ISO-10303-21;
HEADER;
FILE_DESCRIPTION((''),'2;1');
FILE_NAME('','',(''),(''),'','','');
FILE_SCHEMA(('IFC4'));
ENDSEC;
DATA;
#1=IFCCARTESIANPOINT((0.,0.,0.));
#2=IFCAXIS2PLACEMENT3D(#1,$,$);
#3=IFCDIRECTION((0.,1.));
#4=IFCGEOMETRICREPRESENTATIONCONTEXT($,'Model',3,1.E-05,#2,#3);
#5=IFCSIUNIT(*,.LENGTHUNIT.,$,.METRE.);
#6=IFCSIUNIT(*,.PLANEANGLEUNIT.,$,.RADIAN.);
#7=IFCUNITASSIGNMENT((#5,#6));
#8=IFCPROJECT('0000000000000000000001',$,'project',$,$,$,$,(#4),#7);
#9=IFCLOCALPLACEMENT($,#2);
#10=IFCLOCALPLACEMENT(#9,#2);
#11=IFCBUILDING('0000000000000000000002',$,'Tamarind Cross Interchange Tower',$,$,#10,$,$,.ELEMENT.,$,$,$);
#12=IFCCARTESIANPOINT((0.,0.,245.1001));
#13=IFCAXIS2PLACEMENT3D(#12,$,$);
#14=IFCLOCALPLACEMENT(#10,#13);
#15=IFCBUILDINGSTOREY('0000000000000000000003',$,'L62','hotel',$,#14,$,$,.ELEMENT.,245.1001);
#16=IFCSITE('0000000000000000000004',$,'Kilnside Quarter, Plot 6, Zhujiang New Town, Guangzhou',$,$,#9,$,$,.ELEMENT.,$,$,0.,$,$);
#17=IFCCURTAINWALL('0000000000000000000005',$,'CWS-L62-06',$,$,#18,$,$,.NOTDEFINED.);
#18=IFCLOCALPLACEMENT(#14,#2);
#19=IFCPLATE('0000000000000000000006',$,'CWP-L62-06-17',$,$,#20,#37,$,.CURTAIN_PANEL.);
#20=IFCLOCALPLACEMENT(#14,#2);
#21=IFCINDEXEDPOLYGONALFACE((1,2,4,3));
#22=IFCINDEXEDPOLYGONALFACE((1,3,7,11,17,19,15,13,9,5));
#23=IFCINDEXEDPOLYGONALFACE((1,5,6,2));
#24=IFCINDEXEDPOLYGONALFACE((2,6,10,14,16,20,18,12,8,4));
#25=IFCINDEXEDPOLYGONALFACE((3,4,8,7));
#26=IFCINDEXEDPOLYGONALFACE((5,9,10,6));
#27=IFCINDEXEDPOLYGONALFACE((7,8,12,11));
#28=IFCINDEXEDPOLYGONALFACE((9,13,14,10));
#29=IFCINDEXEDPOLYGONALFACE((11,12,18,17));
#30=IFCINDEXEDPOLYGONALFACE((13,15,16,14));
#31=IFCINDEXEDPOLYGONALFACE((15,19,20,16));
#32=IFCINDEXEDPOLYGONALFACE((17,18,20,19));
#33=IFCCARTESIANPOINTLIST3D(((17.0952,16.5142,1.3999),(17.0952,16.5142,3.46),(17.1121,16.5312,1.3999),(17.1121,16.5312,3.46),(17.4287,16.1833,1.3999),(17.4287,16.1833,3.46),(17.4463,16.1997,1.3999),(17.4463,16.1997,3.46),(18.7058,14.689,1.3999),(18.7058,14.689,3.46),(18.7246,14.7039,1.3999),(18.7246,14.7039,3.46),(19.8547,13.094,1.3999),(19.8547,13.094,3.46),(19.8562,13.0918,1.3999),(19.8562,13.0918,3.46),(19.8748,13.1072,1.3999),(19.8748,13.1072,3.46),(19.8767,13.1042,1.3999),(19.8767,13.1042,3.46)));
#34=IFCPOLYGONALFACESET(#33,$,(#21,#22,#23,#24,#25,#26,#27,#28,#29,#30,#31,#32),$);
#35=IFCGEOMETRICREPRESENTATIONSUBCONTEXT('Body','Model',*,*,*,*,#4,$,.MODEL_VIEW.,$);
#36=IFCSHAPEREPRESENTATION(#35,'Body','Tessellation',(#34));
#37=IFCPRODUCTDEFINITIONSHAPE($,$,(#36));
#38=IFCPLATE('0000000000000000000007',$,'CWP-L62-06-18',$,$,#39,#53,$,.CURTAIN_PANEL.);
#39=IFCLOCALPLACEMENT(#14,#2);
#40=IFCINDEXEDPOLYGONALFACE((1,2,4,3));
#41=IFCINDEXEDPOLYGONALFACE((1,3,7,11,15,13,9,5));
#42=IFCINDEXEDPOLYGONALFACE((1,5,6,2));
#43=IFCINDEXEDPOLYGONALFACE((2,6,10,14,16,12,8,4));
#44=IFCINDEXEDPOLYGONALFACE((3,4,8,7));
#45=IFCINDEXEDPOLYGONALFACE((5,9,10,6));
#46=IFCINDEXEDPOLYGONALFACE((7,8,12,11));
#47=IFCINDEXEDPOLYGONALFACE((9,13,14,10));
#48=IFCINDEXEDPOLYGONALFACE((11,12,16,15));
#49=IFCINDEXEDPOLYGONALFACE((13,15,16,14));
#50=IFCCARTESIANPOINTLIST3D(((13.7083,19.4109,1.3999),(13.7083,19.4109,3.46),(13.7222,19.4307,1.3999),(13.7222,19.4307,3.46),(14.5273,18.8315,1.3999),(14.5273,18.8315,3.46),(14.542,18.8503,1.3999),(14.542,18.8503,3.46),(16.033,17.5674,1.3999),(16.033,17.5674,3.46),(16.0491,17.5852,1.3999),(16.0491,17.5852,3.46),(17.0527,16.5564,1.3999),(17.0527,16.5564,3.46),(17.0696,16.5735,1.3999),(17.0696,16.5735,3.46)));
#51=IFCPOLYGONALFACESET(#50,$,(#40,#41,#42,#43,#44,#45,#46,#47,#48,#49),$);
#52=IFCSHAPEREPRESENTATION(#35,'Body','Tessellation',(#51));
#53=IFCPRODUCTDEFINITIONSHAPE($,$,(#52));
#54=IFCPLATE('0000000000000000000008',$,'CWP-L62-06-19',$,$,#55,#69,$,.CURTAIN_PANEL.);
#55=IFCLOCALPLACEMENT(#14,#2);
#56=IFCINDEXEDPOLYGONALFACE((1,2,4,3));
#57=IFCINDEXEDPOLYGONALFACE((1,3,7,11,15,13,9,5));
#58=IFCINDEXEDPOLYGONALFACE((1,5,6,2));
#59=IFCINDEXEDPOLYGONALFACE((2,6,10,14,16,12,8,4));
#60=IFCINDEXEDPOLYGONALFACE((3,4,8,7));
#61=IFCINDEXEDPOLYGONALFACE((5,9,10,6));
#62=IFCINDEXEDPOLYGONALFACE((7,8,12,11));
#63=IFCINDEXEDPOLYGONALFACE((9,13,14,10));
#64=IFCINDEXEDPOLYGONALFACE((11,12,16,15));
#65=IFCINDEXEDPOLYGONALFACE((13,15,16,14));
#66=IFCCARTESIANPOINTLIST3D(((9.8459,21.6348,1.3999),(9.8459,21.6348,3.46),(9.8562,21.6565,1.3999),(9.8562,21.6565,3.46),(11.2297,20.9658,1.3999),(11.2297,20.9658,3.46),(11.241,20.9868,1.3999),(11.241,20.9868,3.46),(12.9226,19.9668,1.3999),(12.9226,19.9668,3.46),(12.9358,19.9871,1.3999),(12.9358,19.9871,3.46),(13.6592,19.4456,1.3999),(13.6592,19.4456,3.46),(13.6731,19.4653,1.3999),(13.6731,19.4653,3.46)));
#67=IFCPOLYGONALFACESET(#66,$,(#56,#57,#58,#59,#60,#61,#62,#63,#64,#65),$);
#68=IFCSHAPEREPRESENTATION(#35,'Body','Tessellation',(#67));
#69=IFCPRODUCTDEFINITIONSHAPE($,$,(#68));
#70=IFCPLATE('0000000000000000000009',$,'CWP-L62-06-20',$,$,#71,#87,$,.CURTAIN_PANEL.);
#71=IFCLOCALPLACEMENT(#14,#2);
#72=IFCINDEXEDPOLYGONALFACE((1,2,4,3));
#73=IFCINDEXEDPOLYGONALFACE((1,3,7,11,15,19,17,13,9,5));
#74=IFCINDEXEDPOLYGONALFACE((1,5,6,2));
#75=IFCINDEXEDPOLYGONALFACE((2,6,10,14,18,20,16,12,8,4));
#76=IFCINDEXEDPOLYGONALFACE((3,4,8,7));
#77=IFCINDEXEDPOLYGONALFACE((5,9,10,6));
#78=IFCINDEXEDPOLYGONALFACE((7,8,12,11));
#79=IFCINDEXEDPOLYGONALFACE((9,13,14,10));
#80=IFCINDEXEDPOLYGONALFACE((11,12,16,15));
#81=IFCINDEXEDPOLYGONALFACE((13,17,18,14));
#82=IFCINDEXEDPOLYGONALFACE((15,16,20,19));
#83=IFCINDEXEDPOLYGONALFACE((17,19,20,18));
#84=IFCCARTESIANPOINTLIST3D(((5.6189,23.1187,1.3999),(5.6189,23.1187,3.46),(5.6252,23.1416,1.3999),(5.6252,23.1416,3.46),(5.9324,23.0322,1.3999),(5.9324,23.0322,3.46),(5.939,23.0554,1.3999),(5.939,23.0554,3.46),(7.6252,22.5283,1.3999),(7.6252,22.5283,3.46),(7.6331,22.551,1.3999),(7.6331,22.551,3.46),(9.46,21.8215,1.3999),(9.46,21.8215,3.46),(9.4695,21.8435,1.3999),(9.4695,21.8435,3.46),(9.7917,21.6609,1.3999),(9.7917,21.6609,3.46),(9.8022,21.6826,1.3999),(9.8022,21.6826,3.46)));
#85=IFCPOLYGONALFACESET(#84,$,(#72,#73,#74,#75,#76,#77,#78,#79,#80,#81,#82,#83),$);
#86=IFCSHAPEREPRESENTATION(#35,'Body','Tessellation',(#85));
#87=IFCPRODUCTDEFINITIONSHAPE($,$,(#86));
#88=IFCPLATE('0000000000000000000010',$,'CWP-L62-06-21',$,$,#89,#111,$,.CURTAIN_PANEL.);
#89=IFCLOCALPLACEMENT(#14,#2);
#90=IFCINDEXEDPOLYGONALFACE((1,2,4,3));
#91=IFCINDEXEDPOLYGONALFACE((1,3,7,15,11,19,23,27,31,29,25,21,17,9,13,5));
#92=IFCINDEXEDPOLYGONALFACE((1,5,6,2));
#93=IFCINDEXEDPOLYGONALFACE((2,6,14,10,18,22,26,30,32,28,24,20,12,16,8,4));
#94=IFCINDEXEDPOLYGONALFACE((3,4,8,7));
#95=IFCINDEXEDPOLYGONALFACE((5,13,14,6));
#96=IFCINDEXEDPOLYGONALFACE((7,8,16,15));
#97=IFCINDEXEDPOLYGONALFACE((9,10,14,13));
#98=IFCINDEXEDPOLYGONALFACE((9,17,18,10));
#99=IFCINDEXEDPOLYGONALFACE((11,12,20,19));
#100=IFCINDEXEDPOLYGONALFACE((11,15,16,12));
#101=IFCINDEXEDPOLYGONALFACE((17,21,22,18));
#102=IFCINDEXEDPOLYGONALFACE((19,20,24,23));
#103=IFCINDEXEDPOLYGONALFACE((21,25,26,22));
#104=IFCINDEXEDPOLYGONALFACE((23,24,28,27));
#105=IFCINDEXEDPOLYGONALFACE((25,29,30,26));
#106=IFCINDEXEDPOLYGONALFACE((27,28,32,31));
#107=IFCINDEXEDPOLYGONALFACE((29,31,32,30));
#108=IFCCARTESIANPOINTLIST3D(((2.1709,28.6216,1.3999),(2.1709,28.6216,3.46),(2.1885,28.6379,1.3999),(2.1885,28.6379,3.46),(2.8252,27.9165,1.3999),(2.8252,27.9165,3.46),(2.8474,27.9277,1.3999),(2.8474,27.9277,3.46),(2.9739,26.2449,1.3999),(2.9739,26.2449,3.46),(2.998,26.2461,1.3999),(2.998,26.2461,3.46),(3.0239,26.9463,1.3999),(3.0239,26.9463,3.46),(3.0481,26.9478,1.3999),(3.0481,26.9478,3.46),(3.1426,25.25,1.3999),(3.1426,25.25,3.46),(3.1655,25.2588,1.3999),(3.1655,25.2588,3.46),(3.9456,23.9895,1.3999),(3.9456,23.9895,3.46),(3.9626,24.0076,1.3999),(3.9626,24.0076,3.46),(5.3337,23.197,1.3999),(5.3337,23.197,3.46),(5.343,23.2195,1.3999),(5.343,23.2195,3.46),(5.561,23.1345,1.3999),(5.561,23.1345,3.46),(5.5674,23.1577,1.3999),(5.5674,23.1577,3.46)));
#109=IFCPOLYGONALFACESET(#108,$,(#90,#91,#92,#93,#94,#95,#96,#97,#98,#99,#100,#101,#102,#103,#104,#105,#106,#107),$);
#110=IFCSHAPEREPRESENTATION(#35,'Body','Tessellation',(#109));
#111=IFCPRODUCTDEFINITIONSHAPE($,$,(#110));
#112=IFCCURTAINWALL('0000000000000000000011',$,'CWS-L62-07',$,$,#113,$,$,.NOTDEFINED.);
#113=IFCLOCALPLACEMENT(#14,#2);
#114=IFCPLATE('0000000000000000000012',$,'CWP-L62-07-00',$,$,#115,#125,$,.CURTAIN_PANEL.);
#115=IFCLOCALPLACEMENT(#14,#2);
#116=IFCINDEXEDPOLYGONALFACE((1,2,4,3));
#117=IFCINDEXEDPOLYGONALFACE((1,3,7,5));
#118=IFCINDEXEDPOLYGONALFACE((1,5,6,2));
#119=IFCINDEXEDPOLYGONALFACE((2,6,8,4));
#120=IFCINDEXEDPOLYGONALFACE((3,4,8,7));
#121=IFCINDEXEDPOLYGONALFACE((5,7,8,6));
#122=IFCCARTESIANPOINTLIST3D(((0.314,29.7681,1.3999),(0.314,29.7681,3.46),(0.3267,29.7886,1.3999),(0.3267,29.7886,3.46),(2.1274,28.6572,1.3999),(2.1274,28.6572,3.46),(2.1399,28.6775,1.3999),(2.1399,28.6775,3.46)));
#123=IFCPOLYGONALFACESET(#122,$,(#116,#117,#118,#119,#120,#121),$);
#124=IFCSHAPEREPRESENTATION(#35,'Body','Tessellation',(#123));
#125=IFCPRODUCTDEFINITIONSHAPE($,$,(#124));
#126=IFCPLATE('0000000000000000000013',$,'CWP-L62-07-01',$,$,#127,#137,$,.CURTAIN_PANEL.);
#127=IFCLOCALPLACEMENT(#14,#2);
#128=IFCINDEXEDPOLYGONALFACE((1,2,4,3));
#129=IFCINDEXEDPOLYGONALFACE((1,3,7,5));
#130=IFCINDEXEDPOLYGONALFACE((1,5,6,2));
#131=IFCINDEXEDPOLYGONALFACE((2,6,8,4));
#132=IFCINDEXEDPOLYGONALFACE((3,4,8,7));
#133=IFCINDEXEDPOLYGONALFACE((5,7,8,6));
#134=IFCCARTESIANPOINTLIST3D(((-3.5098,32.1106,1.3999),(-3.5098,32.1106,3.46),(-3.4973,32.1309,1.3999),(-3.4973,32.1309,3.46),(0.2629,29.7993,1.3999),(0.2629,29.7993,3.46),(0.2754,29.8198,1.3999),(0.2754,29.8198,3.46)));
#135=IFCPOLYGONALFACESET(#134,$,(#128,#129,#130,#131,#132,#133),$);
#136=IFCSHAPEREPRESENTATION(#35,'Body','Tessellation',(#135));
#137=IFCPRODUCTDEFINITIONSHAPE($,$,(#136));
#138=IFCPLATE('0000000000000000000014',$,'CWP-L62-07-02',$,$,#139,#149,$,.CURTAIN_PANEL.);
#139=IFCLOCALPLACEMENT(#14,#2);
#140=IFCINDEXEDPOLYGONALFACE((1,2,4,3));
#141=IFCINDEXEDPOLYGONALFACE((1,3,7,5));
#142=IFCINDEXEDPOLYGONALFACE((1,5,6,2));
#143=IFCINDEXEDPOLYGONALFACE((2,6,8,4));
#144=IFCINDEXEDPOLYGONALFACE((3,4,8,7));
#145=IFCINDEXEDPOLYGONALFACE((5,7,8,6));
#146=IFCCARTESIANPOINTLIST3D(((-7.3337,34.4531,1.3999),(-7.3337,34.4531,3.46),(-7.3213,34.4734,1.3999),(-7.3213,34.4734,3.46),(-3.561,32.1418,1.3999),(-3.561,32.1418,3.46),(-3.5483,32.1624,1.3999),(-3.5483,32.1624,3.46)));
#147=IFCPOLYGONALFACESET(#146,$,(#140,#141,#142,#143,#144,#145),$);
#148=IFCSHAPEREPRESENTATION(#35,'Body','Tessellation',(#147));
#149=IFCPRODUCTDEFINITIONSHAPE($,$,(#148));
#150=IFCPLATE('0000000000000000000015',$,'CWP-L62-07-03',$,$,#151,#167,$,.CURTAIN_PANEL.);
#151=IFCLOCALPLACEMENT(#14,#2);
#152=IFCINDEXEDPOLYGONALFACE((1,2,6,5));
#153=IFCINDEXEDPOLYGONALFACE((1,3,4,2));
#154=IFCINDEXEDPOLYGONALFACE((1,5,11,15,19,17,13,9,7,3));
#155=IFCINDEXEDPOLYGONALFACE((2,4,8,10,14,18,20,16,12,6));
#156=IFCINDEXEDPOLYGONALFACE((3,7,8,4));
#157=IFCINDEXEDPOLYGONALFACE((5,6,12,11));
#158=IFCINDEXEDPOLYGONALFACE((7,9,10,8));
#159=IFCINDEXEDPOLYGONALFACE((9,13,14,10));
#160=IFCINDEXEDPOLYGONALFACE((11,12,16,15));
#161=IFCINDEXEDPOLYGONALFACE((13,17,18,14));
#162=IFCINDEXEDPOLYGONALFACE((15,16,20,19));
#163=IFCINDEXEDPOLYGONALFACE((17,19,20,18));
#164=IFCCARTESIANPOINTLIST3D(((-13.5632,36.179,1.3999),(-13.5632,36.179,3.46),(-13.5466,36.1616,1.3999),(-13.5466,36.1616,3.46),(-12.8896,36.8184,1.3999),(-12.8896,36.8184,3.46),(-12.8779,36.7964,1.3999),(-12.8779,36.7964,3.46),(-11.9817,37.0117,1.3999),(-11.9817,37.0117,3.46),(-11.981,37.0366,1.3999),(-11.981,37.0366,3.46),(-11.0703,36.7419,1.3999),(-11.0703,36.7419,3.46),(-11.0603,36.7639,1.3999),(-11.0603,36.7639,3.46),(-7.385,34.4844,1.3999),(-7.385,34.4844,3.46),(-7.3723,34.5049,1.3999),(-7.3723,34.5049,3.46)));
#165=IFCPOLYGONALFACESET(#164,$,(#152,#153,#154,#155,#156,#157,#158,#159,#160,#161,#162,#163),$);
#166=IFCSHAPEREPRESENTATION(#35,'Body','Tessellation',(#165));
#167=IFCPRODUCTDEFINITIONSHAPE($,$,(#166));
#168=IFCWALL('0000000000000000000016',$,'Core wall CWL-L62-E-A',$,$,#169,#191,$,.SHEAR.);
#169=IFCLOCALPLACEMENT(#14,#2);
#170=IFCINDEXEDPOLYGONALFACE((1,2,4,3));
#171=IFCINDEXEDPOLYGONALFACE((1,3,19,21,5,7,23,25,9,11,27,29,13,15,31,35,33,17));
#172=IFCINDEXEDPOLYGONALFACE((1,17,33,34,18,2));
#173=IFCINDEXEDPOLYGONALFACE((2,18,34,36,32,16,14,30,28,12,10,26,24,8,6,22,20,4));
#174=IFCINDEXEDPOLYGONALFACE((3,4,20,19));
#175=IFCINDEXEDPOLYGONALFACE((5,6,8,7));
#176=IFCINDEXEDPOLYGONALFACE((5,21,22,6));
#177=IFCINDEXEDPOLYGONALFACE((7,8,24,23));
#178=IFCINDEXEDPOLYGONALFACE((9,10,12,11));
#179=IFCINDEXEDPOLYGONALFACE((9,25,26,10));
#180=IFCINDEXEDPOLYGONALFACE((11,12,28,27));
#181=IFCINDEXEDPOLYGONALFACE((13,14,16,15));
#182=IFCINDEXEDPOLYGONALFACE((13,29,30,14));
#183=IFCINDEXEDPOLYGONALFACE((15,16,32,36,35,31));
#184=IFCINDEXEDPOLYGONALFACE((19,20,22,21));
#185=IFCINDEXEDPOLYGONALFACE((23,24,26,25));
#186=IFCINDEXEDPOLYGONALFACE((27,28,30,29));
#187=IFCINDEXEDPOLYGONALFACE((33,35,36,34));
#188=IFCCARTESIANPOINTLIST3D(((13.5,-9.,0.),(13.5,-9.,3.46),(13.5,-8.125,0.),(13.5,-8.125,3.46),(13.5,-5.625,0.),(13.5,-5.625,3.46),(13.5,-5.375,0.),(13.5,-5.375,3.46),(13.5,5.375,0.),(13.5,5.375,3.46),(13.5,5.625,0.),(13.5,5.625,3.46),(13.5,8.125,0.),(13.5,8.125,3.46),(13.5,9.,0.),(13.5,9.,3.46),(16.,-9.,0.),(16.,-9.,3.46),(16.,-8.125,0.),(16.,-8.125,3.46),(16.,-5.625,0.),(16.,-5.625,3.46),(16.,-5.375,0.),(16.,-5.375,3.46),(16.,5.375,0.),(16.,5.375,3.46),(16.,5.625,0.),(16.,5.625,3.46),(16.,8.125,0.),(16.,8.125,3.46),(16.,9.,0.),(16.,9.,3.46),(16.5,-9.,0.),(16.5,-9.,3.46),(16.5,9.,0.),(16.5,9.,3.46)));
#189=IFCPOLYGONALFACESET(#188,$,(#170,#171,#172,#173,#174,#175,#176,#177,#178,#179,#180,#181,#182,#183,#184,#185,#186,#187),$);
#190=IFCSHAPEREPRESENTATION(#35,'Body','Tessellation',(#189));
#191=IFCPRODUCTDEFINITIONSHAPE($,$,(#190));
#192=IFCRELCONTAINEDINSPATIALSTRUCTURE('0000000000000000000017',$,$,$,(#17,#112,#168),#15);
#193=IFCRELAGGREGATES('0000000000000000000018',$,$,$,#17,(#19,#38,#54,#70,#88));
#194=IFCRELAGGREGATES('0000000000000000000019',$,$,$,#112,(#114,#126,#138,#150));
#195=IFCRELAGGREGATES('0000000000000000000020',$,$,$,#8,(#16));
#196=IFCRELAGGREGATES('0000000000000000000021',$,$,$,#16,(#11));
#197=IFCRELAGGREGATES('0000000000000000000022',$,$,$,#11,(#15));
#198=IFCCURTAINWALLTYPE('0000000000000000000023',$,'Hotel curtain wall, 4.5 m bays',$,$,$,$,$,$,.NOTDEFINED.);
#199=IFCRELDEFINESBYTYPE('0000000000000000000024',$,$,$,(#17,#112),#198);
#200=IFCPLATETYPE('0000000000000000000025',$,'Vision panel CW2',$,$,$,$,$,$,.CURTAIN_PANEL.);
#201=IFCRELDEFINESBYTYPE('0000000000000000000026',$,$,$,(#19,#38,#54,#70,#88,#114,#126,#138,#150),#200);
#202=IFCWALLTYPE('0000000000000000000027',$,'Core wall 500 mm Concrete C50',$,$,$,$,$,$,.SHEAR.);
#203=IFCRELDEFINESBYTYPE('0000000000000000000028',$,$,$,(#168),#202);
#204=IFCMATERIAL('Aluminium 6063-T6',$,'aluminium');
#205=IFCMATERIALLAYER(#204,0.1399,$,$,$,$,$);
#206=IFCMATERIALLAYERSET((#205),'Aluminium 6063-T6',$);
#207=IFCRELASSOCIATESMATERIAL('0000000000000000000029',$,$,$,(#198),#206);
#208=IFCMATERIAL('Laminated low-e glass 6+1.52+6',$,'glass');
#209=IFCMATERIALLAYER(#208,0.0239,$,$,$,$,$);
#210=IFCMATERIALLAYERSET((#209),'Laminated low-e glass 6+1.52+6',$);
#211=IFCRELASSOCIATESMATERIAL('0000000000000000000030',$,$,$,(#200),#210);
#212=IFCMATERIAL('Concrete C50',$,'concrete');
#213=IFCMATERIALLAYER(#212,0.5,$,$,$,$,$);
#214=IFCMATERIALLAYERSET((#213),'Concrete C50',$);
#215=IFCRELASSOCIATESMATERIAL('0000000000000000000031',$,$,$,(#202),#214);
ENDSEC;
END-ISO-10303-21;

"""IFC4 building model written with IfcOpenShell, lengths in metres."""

from ifc_helpers import new_model, si_unit, direction, frame, origin, place, context, subcontext, project, spatial, polyline, outline, extrude, material, layer, layer_set, type_object, element, aggregate, save


model = new_model("IFC4")

# Units and contexts
model_context = context("Model", 3, precision=1e-05, world=origin(), true_north=direction((0.0, 1.0)))
body_context = subcontext(model_context, "Body", "Model", "MODEL_VIEW")
ifc_project = project(units=[si_unit("LENGTHUNIT", "METRE"), si_unit("PLANEANGLEUNIT", "RADIAN")], contexts=[model_context])

# Site, building, storey
site_placement = place(None, origin())
site = spatial("IfcSite", under=ifc_project, at=site_placement, Name="Kilnside Quarter, Plot 6, Zhujiang New Town, Guangzhou", CompositionType="ELEMENT", RefElevation=0.0)
building_placement = place(site_placement, origin())
building = spatial("IfcBuilding", under=site, at=building_placement, Name="Tamarind Cross Interchange Tower", CompositionType="ELEMENT")
storey_placement = place(building_placement, frame((0.0, 0.0, 245.1001)))
storey = spatial("IfcBuildingStorey", under=building, at=storey_placement, Name="L62", Description="hotel", CompositionType="ELEMENT", Elevation=245.1001)

# Curtain walls, plates
ifc_material_1 = material(Name="Aluminium 6063-T6", Category="aluminium")
ifc_layer_1 = layer(ifc_material_1, 0.1399)
ifc_layer_set_1 = layer_set([ifc_layer_1], Name="Aluminium 6063-T6")
curtain_wall_type = type_object("IfcCurtainWallType", Name="Hotel curtain wall, 4.5 m bays", PredefinedType="NOTDEFINED", material=ifc_layer_set_1)
curtain_wall_1_placement = place(storey_placement, origin())
curtain_wall_1 = element("IfcCurtainWall", 1, at=curtain_wall_1_placement, inside=storey, type_object=curtain_wall_type, Name="CWS-L62-06", PredefinedType="NOTDEFINED")
ifc_material_2 = material(Name="Laminated low-e glass 6+1.52+6", Category="glass")
ifc_layer_2 = layer(ifc_material_2, 0.0239)
ifc_layer_set_2 = layer_set([ifc_layer_2], Name="Laminated low-e glass 6+1.52+6")
plate_type = type_object("IfcPlateType", Name="Vision panel CW2", PredefinedType="CURTAIN_PANEL", material=ifc_layer_set_2)
plate_1_placement = place(storey_placement, frame((0.0, 0.0, 1.3999)))
plate_1 = element("IfcPlate", 2, at=plate_1_placement, type_object=plate_type, Name="CWP-L62-06-17", PredefinedType="CURTAIN_PANEL", context=body_context, shape_type="SweptSolid", body=[
    extrude(outline(polyline([(19.8562, 13.0918), (19.8547, 13.094), (18.7058, 14.689), (17.4287, 16.1833), (17.0952, 16.5142), (17.1121, 16.5312), (17.4463, 16.1997), (18.7246, 14.7039), (19.8748, 13.1072), (19.8767, 13.1042), (19.8562, 13.0918)])), origin(), (0.0, 0.0, 1.0), 2.0601),
])
plate_2_placement = place(storey_placement, frame((0.0, 0.0, 1.3999)))
plate_2 = element("IfcPlate", 3, at=plate_2_placement, type_object=plate_type, Name="CWP-L62-06-18", PredefinedType="CURTAIN_PANEL", context=body_context, shape_type="SweptSolid", body=[
    extrude(outline(polyline([(17.0527, 16.5564), (16.033, 17.5674), (14.5273, 18.8315), (13.7083, 19.4109), (13.7222, 19.4307), (14.542, 18.8503), (16.0491, 17.5852), (17.0696, 16.5735), (17.0527, 16.5564)])), origin(), (0.0, 0.0, 1.0), 2.0601),
])
plate_3_placement = place(storey_placement, frame((0.0, 0.0, 1.3999)))
plate_3 = element("IfcPlate", 4, at=plate_3_placement, type_object=plate_type, Name="CWP-L62-06-19", PredefinedType="CURTAIN_PANEL", context=body_context, shape_type="SweptSolid", body=[
    extrude(outline(polyline([(13.6592, 19.4456), (12.9226, 19.9668), (11.2297, 20.9658), (9.8459, 21.6348), (9.8562, 21.6565), (11.241, 20.9868), (12.9358, 19.9871), (13.6731, 19.4653), (13.6592, 19.4456)])), origin(), (0.0, 0.0, 1.0), 2.0601),
])
plate_4_placement = place(storey_placement, frame((0.0, 0.0, 1.3999)))
plate_4 = element("IfcPlate", 5, at=plate_4_placement, type_object=plate_type, Name="CWP-L62-06-20", PredefinedType="CURTAIN_PANEL", context=body_context, shape_type="SweptSolid", body=[
    extrude(outline(polyline([(9.7917, 21.6609), (9.46, 21.8215), (7.6252, 22.5283), (5.9324, 23.0322), (5.6189, 23.1187), (5.6252, 23.1416), (5.939, 23.0554), (7.6331, 22.551), (9.4695, 21.8435), (9.8022, 21.6826), (9.7917, 21.6609)])), origin(), (0.0, 0.0, 1.0), 2.0601),
])
plate_5_placement = place(storey_placement, frame((0.0, 0.0, 1.3999)))
plate_5 = element("IfcPlate", 6, at=plate_5_placement, type_object=plate_type, Name="CWP-L62-06-21", PredefinedType="CURTAIN_PANEL", context=body_context, shape_type="SweptSolid", body=[
    extrude(outline(polyline([(5.561, 23.1345), (5.3337, 23.197), (3.9456, 23.9895), (3.1426, 25.25), (2.9739, 26.2449), (3.0239, 26.9463), (2.8252, 27.9165), (2.1709, 28.6216), (2.1885, 28.6379), (2.8474, 27.9277), (3.0481, 26.9478), (2.998, 26.2461), (3.1655, 25.2588), (3.9626, 24.0076), (5.343, 23.2195), (5.5674, 23.1577), (5.561, 23.1345)])), origin(), (0.0, 0.0, 1.0), 2.0601),
])
aggregate(curtain_wall_1, [plate_1, plate_2, plate_3, plate_4, plate_5])
curtain_wall_2_placement = place(storey_placement, origin())
curtain_wall_2 = element("IfcCurtainWall", 7, at=curtain_wall_2_placement, inside=storey, type_object=curtain_wall_type, Name="CWS-L62-07", PredefinedType="NOTDEFINED")
plate_6_placement = place(storey_placement, frame((0.0, 0.0, 1.3999)))
plate_6 = element("IfcPlate", 8, at=plate_6_placement, type_object=plate_type, Name="CWP-L62-07-00", PredefinedType="CURTAIN_PANEL", context=body_context, shape_type="SweptSolid", body=[
    extrude(outline(polyline([(2.1274, 28.6572), (0.314, 29.7681), (0.3267, 29.7886), (2.1399, 28.6775), (2.1274, 28.6572)])), origin(), (0.0, 0.0, 1.0), 2.0601),
])
plate_7_placement = place(storey_placement, frame((0.0, 0.0, 1.3999)))
plate_7 = element("IfcPlate", 9, at=plate_7_placement, type_object=plate_type, Name="CWP-L62-07-01", PredefinedType="CURTAIN_PANEL", context=body_context, shape_type="SweptSolid", body=[
    extrude(outline(polyline([(0.2629, 29.7993), (-3.5098, 32.1106), (-3.4973, 32.1309), (0.2754, 29.8198), (0.2629, 29.7993)])), origin(), (0.0, 0.0, 1.0), 2.0601),
])
plate_8_placement = place(storey_placement, frame((0.0, 0.0, 1.3999)))
plate_8 = element("IfcPlate", 10, at=plate_8_placement, type_object=plate_type, Name="CWP-L62-07-02", PredefinedType="CURTAIN_PANEL", context=body_context, shape_type="SweptSolid", body=[
    extrude(outline(polyline([(-3.561, 32.1418), (-7.3337, 34.4531), (-7.3213, 34.4734), (-3.5483, 32.1624), (-3.561, 32.1418)])), origin(), (0.0, 0.0, 1.0), 2.0601),
])
plate_9_placement = place(storey_placement, frame((0.0, 0.0, 1.3999)))
plate_9 = element("IfcPlate", 11, at=plate_9_placement, type_object=plate_type, Name="CWP-L62-07-03", PredefinedType="CURTAIN_PANEL", context=body_context, shape_type="SweptSolid", body=[
    extrude(outline(polyline([(-7.385, 34.4844), (-11.0703, 36.7419), (-11.9817, 37.0117), (-12.8779, 36.7964), (-13.5466, 36.1616), (-13.5632, 36.179), (-12.8896, 36.8184), (-11.981, 37.0366), (-11.0603, 36.7639), (-7.3723, 34.5049), (-7.385, 34.4844)])), origin(), (0.0, 0.0, 1.0), 2.0601),
])
aggregate(curtain_wall_2, [plate_6, plate_7, plate_8, plate_9])

# Wall
ifc_material_3 = material(Name="Concrete C50", Category="concrete")
ifc_layer_3 = layer(ifc_material_3, 0.5)
ifc_layer_set_3 = layer_set([ifc_layer_3], Name="Concrete C50")
wall_type_1 = type_object("IfcWallType", Name="Core wall 500 mm Concrete C50", PredefinedType="SHEAR", material=ifc_layer_set_3)
wall_1_placement = place(storey_placement, origin())
element("IfcWall", 12, at=wall_1_placement, inside=storey, type_object=wall_type_1, Name="Core wall CWL-L62-E-A", PredefinedType="SHEAR", context=body_context, shape_type="SweptSolid", body=[
    extrude(outline(polyline([(13.5, -8.125), (13.5, -9.0), (16.0, -9.0), (16.5, -9.0), (16.5, 9.0), (16.0, 9.0), (13.5, 9.0), (13.5, 8.125), (16.0, 8.125), (16.0, 5.625), (13.5, 5.625), (13.5, 5.375), (16.0, 5.375), (16.0, -5.375), (13.5, -5.375), (13.5, -5.625), (16.0, -5.625), (16.0, -8.125), (13.5, -8.125)])), origin(), (0.0, 0.0, 1.0), 3.46),
])

save(model, "model.ifc")
